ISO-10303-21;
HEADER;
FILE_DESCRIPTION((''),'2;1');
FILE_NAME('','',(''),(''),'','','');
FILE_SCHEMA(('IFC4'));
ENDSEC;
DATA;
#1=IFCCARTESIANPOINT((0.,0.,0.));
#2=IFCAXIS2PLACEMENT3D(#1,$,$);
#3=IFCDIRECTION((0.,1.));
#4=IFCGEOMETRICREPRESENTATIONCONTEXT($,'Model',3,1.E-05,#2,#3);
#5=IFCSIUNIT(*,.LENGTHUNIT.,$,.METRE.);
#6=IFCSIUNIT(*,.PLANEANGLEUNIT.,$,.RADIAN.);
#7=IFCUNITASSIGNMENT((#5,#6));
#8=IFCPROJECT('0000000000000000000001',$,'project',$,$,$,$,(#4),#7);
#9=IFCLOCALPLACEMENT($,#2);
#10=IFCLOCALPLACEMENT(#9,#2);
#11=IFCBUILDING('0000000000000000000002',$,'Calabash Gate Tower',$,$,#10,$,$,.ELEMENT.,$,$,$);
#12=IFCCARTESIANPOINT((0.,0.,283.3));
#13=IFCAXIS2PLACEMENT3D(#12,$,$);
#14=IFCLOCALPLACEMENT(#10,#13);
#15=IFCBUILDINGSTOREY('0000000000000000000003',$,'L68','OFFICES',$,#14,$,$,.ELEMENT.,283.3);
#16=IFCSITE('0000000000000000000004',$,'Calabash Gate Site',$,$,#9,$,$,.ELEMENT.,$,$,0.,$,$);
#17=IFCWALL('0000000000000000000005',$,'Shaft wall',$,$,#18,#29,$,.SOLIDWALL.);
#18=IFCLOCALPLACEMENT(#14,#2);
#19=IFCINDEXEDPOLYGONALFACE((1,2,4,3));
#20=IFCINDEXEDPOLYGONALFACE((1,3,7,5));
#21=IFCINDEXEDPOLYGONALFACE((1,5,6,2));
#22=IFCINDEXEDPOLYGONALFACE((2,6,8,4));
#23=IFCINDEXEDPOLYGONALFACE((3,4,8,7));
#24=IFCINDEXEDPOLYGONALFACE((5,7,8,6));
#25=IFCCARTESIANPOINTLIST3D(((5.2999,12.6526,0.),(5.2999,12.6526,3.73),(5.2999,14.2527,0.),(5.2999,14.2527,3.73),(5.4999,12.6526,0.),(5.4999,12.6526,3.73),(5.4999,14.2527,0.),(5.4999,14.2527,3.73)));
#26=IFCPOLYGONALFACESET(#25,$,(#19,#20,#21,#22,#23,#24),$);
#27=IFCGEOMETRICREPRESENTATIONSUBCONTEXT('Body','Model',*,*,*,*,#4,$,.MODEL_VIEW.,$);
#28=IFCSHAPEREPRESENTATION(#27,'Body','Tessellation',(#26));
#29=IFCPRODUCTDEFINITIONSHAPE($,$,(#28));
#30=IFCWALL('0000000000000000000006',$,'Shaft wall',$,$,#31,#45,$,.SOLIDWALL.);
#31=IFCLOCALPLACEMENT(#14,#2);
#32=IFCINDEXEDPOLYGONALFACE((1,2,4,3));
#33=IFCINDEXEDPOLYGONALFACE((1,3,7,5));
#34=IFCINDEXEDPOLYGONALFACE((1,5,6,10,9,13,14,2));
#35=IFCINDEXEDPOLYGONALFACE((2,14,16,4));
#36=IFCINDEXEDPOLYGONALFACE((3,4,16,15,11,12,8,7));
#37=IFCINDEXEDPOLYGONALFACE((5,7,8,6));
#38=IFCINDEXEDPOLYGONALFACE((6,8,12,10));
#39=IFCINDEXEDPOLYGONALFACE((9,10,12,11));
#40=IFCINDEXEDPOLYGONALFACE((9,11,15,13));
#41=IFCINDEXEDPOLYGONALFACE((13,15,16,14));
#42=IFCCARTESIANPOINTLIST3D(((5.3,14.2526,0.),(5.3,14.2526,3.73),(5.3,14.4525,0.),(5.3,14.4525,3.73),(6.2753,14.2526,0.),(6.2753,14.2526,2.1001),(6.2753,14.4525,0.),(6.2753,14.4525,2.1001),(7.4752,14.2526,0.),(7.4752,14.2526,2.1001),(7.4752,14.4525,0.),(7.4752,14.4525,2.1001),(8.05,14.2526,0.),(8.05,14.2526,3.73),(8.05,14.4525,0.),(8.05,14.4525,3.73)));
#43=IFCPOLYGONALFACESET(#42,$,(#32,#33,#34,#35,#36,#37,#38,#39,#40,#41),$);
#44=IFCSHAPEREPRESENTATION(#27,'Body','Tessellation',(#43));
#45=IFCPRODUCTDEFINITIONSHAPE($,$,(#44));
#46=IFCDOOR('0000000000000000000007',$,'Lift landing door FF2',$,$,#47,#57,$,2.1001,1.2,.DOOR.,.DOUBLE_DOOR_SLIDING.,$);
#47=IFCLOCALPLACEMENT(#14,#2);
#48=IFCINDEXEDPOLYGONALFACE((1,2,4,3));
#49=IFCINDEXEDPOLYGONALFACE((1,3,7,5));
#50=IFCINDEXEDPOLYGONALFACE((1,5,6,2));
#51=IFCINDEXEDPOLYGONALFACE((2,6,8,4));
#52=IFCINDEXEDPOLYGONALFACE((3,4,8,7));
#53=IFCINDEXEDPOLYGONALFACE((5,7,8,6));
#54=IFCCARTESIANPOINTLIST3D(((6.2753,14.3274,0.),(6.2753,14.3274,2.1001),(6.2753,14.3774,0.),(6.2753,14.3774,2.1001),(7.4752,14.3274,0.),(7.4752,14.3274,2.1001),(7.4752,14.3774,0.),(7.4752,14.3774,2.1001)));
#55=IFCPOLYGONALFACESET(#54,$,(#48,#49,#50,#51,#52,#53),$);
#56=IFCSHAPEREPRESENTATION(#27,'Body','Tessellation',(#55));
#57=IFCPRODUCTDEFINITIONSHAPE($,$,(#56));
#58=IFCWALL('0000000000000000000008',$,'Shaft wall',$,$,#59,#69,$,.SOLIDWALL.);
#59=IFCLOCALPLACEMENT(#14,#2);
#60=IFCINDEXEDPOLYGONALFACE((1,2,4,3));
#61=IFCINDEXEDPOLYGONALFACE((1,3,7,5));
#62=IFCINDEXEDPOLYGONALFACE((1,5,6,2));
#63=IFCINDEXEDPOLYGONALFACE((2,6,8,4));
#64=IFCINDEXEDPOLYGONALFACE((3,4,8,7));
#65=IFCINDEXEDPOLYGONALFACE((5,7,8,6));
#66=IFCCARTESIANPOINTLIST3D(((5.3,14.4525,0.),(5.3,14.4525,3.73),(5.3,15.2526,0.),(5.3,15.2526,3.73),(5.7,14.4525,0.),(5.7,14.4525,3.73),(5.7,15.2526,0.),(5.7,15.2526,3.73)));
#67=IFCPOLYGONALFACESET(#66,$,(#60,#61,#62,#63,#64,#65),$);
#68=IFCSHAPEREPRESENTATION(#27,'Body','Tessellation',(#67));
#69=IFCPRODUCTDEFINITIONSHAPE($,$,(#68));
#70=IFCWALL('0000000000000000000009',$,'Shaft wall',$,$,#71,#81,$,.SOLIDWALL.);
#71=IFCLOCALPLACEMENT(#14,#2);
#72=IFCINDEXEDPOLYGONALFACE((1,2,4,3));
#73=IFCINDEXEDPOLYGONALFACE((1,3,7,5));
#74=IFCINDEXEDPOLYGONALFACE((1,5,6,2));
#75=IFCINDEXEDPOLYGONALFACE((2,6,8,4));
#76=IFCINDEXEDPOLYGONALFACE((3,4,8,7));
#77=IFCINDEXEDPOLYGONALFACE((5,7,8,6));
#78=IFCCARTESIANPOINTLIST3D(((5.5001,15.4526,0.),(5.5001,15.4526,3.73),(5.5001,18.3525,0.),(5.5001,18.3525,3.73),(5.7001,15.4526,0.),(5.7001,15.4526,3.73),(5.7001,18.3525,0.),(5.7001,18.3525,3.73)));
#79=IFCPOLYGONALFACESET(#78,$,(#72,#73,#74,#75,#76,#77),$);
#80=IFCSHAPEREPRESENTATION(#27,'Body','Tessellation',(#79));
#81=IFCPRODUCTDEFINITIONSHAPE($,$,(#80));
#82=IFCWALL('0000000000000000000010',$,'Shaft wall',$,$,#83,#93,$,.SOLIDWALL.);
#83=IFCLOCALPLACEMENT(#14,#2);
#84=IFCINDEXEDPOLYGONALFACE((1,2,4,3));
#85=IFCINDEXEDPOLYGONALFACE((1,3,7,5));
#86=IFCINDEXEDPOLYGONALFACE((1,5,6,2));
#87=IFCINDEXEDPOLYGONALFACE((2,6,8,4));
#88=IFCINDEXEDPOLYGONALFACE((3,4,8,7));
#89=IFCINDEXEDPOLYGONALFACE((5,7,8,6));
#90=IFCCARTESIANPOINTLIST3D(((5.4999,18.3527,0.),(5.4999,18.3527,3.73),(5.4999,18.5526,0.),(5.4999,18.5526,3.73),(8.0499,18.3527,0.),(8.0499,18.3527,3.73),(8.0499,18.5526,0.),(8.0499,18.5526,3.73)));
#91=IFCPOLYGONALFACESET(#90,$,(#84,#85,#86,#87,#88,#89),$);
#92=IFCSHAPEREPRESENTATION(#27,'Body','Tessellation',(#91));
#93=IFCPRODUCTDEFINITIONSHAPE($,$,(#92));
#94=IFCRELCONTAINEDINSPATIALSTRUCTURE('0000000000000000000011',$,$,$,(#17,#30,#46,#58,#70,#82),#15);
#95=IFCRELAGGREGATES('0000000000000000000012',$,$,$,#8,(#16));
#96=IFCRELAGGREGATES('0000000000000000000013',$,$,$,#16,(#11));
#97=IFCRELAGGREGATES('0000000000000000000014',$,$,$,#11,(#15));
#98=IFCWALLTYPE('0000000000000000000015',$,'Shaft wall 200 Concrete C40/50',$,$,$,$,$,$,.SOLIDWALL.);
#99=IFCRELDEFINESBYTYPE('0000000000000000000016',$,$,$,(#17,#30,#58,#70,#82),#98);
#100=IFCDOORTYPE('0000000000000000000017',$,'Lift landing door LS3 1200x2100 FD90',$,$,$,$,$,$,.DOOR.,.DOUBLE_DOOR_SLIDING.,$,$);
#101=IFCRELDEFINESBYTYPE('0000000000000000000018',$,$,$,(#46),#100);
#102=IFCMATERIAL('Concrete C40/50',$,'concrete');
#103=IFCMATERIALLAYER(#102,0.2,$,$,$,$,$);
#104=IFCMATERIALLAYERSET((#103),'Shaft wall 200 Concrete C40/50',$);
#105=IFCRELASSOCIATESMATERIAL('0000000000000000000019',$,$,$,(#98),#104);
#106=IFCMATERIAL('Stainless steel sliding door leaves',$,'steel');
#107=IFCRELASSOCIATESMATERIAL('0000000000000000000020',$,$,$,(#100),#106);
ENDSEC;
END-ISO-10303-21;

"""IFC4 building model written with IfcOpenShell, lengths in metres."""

from ifc_helpers import new_model, si_unit, direction, frame, frame_2d, origin, place, context, subcontext, project, spatial, rectangle, extrude, material, layer, layer_set, type_object, element, fill, save


model = new_model("IFC4")

# Units and contexts
model_context = context("Model", 3, precision=1e-05, world=origin(), true_north=direction((0.0, 1.0)))
body_context = subcontext(model_context, "Body", "Model", "MODEL_VIEW")
ifc_project = project(units=[si_unit("LENGTHUNIT", "METRE"), si_unit("PLANEANGLEUNIT", "RADIAN")], contexts=[model_context])

# Site, building, storey
site_placement = place(None, origin())
site = spatial("IfcSite", under=ifc_project, at=site_placement, Name="Calabash Gate Site", CompositionType="ELEMENT", RefElevation=0.0)
building_placement = place(site_placement, origin())
building = spatial("IfcBuilding", under=site, at=building_placement, Name="Calabash Gate Tower", CompositionType="ELEMENT")
storey_placement = place(building_placement, frame((0.0, 0.0, 283.3)))
storey = spatial("IfcBuildingStorey", under=building, at=storey_placement, Name="L68", Description="OFFICES", CompositionType="ELEMENT", Elevation=283.3)

# Shared definitions
ifc_material_1 = material(Name="Concrete C40/50", Category="concrete")
ifc_layer_1 = layer(ifc_material_1, 0.2)
ifc_layer_set_1 = layer_set([ifc_layer_1], Name="Shaft wall 200 Concrete C40/50")
wall_type_1 = type_object("IfcWallType", Name="Shaft wall 200 Concrete C40/50", PredefinedType="SOLIDWALL", material=ifc_layer_set_1)

# Wall
wall_1_placement = place(storey_placement, frame((5.3999, 12.6526, 0.0), z_axis=(0.0, 0.0, 1.0), x_axis=(0.0, 1.0, 0.0)))
element("IfcWall", 1, at=wall_1_placement, inside=storey, type_object=wall_type_1, Name="Shaft wall", PredefinedType="SOLIDWALL", context=body_context, shape_type="SweptSolid", body=[
    extrude(rectangle(XDim=1.6001, YDim=0.2, at=frame_2d((0.8, 0.0))), origin(), (0.0, 0.0, 1.0), 3.73),
])

# Wall, opening, door
wall_2_placement = place(storey_placement, frame((5.3, 14.3525, 0.0), z_axis=(0.0, 0.0, 1.0), x_axis=(1.0, 0.0, 0.0)))
wall_2 = element("IfcWall", 2, at=wall_2_placement, inside=storey, type_object=wall_type_1, Name="Shaft wall", PredefinedType="SOLIDWALL", context=body_context, shape_type="SweptSolid", body=[
    extrude(rectangle(XDim=2.75, YDim=0.2, at=frame_2d((1.375, 0.0))), origin(), (0.0, 0.0, 1.0), 3.73),
])
opening_1_placement = place(wall_2_placement, frame((0.9751, 0.0, 0.0)))
opening_1 = element("IfcOpeningElement", 3, at=opening_1_placement, cuts=wall_2, PredefinedType="OPENING", context=body_context, shape_type="SweptSolid", body=[
    extrude(rectangle(XDim=1.2, YDim=2.1001, at=frame_2d((0.6001, 1.05))), frame((0.0, 0.1099, 0.0), z_axis=(0.0, -1.0, 0.0), x_axis=(1.0, 0.0, 0.0)), (0.0, 0.0, 1.0), 0.22),
])
ifc_material_2 = material(Name="Stainless steel sliding door leaves", Category="steel")
door_type_1 = type_object("IfcDoorType", Name="Lift landing door LS3 1200x2100 FD90", OperationType="DOUBLE_DOOR_SLIDING", PredefinedType="DOOR", material=ifc_material_2)
door_1_placement = place(opening_1_placement, origin())
door_1 = element("IfcDoor", 4, at=door_1_placement, inside=storey, type_object=door_type_1, Name="Lift landing door FF2", OperationType="DOUBLE_DOOR_SLIDING", OverallHeight=2.1001, OverallWidth=1.2, PredefinedType="DOOR", context=body_context, shape_type="SweptSolid", body=[
    extrude(rectangle(XDim=1.2, YDim=2.1001, at=frame_2d((0.6001, 1.05))), frame((0.0, 0.0249, 0.0), z_axis=(0.0, -1.0, 0.0), x_axis=(1.0, 0.0, 0.0)), (0.0, 0.0, 1.0), 0.05),
])
fill(opening_1, door_1)

# Walls
wall_3_placement = place(storey_placement, frame((5.5, 14.4526, 0.0), z_axis=(0.0, 0.0, 1.0), x_axis=(0.0, 1.0, 0.0)))
element("IfcWall", 5, at=wall_3_placement, inside=storey, type_object=wall_type_1, Name="Shaft wall", PredefinedType="SOLIDWALL", context=body_context, shape_type="SweptSolid", body=[
    extrude(rectangle(XDim=0.8, YDim=0.3999, at=frame_2d((0.3999, 0.0))), origin(), (0.0, 0.0, 1.0), 3.73),
])
wall_4_placement = place(storey_placement, frame((5.6001, 15.4526, 0.0), z_axis=(0.0, 0.0, 1.0), x_axis=(0.0, 1.0, 0.0)))
element("IfcWall", 6, at=wall_4_placement, inside=storey, type_object=wall_type_1, Name="Shaft wall", PredefinedType="SOLIDWALL", context=body_context, shape_type="SweptSolid", body=[
    extrude(rectangle(XDim=2.8999, YDim=0.2, at=frame_2d((1.45, 0.0))), origin(), (0.0, 0.0, 1.0), 3.73),
])
wall_5_placement = place(storey_placement, frame((5.5, 18.4526, 0.0), z_axis=(0.0, 0.0, 1.0), x_axis=(1.0, 0.0, 0.0)))
element("IfcWall", 7, at=wall_5_placement, inside=storey, type_object=wall_type_1, Name="Shaft wall", PredefinedType="SOLIDWALL", context=body_context, shape_type="SweptSolid", body=[
    extrude(rectangle(XDim=2.55, YDim=0.2, at=frame_2d((1.2749, 0.0))), origin(), (0.0, 0.0, 1.0), 3.73),
])

save(model, "model.ifc")
